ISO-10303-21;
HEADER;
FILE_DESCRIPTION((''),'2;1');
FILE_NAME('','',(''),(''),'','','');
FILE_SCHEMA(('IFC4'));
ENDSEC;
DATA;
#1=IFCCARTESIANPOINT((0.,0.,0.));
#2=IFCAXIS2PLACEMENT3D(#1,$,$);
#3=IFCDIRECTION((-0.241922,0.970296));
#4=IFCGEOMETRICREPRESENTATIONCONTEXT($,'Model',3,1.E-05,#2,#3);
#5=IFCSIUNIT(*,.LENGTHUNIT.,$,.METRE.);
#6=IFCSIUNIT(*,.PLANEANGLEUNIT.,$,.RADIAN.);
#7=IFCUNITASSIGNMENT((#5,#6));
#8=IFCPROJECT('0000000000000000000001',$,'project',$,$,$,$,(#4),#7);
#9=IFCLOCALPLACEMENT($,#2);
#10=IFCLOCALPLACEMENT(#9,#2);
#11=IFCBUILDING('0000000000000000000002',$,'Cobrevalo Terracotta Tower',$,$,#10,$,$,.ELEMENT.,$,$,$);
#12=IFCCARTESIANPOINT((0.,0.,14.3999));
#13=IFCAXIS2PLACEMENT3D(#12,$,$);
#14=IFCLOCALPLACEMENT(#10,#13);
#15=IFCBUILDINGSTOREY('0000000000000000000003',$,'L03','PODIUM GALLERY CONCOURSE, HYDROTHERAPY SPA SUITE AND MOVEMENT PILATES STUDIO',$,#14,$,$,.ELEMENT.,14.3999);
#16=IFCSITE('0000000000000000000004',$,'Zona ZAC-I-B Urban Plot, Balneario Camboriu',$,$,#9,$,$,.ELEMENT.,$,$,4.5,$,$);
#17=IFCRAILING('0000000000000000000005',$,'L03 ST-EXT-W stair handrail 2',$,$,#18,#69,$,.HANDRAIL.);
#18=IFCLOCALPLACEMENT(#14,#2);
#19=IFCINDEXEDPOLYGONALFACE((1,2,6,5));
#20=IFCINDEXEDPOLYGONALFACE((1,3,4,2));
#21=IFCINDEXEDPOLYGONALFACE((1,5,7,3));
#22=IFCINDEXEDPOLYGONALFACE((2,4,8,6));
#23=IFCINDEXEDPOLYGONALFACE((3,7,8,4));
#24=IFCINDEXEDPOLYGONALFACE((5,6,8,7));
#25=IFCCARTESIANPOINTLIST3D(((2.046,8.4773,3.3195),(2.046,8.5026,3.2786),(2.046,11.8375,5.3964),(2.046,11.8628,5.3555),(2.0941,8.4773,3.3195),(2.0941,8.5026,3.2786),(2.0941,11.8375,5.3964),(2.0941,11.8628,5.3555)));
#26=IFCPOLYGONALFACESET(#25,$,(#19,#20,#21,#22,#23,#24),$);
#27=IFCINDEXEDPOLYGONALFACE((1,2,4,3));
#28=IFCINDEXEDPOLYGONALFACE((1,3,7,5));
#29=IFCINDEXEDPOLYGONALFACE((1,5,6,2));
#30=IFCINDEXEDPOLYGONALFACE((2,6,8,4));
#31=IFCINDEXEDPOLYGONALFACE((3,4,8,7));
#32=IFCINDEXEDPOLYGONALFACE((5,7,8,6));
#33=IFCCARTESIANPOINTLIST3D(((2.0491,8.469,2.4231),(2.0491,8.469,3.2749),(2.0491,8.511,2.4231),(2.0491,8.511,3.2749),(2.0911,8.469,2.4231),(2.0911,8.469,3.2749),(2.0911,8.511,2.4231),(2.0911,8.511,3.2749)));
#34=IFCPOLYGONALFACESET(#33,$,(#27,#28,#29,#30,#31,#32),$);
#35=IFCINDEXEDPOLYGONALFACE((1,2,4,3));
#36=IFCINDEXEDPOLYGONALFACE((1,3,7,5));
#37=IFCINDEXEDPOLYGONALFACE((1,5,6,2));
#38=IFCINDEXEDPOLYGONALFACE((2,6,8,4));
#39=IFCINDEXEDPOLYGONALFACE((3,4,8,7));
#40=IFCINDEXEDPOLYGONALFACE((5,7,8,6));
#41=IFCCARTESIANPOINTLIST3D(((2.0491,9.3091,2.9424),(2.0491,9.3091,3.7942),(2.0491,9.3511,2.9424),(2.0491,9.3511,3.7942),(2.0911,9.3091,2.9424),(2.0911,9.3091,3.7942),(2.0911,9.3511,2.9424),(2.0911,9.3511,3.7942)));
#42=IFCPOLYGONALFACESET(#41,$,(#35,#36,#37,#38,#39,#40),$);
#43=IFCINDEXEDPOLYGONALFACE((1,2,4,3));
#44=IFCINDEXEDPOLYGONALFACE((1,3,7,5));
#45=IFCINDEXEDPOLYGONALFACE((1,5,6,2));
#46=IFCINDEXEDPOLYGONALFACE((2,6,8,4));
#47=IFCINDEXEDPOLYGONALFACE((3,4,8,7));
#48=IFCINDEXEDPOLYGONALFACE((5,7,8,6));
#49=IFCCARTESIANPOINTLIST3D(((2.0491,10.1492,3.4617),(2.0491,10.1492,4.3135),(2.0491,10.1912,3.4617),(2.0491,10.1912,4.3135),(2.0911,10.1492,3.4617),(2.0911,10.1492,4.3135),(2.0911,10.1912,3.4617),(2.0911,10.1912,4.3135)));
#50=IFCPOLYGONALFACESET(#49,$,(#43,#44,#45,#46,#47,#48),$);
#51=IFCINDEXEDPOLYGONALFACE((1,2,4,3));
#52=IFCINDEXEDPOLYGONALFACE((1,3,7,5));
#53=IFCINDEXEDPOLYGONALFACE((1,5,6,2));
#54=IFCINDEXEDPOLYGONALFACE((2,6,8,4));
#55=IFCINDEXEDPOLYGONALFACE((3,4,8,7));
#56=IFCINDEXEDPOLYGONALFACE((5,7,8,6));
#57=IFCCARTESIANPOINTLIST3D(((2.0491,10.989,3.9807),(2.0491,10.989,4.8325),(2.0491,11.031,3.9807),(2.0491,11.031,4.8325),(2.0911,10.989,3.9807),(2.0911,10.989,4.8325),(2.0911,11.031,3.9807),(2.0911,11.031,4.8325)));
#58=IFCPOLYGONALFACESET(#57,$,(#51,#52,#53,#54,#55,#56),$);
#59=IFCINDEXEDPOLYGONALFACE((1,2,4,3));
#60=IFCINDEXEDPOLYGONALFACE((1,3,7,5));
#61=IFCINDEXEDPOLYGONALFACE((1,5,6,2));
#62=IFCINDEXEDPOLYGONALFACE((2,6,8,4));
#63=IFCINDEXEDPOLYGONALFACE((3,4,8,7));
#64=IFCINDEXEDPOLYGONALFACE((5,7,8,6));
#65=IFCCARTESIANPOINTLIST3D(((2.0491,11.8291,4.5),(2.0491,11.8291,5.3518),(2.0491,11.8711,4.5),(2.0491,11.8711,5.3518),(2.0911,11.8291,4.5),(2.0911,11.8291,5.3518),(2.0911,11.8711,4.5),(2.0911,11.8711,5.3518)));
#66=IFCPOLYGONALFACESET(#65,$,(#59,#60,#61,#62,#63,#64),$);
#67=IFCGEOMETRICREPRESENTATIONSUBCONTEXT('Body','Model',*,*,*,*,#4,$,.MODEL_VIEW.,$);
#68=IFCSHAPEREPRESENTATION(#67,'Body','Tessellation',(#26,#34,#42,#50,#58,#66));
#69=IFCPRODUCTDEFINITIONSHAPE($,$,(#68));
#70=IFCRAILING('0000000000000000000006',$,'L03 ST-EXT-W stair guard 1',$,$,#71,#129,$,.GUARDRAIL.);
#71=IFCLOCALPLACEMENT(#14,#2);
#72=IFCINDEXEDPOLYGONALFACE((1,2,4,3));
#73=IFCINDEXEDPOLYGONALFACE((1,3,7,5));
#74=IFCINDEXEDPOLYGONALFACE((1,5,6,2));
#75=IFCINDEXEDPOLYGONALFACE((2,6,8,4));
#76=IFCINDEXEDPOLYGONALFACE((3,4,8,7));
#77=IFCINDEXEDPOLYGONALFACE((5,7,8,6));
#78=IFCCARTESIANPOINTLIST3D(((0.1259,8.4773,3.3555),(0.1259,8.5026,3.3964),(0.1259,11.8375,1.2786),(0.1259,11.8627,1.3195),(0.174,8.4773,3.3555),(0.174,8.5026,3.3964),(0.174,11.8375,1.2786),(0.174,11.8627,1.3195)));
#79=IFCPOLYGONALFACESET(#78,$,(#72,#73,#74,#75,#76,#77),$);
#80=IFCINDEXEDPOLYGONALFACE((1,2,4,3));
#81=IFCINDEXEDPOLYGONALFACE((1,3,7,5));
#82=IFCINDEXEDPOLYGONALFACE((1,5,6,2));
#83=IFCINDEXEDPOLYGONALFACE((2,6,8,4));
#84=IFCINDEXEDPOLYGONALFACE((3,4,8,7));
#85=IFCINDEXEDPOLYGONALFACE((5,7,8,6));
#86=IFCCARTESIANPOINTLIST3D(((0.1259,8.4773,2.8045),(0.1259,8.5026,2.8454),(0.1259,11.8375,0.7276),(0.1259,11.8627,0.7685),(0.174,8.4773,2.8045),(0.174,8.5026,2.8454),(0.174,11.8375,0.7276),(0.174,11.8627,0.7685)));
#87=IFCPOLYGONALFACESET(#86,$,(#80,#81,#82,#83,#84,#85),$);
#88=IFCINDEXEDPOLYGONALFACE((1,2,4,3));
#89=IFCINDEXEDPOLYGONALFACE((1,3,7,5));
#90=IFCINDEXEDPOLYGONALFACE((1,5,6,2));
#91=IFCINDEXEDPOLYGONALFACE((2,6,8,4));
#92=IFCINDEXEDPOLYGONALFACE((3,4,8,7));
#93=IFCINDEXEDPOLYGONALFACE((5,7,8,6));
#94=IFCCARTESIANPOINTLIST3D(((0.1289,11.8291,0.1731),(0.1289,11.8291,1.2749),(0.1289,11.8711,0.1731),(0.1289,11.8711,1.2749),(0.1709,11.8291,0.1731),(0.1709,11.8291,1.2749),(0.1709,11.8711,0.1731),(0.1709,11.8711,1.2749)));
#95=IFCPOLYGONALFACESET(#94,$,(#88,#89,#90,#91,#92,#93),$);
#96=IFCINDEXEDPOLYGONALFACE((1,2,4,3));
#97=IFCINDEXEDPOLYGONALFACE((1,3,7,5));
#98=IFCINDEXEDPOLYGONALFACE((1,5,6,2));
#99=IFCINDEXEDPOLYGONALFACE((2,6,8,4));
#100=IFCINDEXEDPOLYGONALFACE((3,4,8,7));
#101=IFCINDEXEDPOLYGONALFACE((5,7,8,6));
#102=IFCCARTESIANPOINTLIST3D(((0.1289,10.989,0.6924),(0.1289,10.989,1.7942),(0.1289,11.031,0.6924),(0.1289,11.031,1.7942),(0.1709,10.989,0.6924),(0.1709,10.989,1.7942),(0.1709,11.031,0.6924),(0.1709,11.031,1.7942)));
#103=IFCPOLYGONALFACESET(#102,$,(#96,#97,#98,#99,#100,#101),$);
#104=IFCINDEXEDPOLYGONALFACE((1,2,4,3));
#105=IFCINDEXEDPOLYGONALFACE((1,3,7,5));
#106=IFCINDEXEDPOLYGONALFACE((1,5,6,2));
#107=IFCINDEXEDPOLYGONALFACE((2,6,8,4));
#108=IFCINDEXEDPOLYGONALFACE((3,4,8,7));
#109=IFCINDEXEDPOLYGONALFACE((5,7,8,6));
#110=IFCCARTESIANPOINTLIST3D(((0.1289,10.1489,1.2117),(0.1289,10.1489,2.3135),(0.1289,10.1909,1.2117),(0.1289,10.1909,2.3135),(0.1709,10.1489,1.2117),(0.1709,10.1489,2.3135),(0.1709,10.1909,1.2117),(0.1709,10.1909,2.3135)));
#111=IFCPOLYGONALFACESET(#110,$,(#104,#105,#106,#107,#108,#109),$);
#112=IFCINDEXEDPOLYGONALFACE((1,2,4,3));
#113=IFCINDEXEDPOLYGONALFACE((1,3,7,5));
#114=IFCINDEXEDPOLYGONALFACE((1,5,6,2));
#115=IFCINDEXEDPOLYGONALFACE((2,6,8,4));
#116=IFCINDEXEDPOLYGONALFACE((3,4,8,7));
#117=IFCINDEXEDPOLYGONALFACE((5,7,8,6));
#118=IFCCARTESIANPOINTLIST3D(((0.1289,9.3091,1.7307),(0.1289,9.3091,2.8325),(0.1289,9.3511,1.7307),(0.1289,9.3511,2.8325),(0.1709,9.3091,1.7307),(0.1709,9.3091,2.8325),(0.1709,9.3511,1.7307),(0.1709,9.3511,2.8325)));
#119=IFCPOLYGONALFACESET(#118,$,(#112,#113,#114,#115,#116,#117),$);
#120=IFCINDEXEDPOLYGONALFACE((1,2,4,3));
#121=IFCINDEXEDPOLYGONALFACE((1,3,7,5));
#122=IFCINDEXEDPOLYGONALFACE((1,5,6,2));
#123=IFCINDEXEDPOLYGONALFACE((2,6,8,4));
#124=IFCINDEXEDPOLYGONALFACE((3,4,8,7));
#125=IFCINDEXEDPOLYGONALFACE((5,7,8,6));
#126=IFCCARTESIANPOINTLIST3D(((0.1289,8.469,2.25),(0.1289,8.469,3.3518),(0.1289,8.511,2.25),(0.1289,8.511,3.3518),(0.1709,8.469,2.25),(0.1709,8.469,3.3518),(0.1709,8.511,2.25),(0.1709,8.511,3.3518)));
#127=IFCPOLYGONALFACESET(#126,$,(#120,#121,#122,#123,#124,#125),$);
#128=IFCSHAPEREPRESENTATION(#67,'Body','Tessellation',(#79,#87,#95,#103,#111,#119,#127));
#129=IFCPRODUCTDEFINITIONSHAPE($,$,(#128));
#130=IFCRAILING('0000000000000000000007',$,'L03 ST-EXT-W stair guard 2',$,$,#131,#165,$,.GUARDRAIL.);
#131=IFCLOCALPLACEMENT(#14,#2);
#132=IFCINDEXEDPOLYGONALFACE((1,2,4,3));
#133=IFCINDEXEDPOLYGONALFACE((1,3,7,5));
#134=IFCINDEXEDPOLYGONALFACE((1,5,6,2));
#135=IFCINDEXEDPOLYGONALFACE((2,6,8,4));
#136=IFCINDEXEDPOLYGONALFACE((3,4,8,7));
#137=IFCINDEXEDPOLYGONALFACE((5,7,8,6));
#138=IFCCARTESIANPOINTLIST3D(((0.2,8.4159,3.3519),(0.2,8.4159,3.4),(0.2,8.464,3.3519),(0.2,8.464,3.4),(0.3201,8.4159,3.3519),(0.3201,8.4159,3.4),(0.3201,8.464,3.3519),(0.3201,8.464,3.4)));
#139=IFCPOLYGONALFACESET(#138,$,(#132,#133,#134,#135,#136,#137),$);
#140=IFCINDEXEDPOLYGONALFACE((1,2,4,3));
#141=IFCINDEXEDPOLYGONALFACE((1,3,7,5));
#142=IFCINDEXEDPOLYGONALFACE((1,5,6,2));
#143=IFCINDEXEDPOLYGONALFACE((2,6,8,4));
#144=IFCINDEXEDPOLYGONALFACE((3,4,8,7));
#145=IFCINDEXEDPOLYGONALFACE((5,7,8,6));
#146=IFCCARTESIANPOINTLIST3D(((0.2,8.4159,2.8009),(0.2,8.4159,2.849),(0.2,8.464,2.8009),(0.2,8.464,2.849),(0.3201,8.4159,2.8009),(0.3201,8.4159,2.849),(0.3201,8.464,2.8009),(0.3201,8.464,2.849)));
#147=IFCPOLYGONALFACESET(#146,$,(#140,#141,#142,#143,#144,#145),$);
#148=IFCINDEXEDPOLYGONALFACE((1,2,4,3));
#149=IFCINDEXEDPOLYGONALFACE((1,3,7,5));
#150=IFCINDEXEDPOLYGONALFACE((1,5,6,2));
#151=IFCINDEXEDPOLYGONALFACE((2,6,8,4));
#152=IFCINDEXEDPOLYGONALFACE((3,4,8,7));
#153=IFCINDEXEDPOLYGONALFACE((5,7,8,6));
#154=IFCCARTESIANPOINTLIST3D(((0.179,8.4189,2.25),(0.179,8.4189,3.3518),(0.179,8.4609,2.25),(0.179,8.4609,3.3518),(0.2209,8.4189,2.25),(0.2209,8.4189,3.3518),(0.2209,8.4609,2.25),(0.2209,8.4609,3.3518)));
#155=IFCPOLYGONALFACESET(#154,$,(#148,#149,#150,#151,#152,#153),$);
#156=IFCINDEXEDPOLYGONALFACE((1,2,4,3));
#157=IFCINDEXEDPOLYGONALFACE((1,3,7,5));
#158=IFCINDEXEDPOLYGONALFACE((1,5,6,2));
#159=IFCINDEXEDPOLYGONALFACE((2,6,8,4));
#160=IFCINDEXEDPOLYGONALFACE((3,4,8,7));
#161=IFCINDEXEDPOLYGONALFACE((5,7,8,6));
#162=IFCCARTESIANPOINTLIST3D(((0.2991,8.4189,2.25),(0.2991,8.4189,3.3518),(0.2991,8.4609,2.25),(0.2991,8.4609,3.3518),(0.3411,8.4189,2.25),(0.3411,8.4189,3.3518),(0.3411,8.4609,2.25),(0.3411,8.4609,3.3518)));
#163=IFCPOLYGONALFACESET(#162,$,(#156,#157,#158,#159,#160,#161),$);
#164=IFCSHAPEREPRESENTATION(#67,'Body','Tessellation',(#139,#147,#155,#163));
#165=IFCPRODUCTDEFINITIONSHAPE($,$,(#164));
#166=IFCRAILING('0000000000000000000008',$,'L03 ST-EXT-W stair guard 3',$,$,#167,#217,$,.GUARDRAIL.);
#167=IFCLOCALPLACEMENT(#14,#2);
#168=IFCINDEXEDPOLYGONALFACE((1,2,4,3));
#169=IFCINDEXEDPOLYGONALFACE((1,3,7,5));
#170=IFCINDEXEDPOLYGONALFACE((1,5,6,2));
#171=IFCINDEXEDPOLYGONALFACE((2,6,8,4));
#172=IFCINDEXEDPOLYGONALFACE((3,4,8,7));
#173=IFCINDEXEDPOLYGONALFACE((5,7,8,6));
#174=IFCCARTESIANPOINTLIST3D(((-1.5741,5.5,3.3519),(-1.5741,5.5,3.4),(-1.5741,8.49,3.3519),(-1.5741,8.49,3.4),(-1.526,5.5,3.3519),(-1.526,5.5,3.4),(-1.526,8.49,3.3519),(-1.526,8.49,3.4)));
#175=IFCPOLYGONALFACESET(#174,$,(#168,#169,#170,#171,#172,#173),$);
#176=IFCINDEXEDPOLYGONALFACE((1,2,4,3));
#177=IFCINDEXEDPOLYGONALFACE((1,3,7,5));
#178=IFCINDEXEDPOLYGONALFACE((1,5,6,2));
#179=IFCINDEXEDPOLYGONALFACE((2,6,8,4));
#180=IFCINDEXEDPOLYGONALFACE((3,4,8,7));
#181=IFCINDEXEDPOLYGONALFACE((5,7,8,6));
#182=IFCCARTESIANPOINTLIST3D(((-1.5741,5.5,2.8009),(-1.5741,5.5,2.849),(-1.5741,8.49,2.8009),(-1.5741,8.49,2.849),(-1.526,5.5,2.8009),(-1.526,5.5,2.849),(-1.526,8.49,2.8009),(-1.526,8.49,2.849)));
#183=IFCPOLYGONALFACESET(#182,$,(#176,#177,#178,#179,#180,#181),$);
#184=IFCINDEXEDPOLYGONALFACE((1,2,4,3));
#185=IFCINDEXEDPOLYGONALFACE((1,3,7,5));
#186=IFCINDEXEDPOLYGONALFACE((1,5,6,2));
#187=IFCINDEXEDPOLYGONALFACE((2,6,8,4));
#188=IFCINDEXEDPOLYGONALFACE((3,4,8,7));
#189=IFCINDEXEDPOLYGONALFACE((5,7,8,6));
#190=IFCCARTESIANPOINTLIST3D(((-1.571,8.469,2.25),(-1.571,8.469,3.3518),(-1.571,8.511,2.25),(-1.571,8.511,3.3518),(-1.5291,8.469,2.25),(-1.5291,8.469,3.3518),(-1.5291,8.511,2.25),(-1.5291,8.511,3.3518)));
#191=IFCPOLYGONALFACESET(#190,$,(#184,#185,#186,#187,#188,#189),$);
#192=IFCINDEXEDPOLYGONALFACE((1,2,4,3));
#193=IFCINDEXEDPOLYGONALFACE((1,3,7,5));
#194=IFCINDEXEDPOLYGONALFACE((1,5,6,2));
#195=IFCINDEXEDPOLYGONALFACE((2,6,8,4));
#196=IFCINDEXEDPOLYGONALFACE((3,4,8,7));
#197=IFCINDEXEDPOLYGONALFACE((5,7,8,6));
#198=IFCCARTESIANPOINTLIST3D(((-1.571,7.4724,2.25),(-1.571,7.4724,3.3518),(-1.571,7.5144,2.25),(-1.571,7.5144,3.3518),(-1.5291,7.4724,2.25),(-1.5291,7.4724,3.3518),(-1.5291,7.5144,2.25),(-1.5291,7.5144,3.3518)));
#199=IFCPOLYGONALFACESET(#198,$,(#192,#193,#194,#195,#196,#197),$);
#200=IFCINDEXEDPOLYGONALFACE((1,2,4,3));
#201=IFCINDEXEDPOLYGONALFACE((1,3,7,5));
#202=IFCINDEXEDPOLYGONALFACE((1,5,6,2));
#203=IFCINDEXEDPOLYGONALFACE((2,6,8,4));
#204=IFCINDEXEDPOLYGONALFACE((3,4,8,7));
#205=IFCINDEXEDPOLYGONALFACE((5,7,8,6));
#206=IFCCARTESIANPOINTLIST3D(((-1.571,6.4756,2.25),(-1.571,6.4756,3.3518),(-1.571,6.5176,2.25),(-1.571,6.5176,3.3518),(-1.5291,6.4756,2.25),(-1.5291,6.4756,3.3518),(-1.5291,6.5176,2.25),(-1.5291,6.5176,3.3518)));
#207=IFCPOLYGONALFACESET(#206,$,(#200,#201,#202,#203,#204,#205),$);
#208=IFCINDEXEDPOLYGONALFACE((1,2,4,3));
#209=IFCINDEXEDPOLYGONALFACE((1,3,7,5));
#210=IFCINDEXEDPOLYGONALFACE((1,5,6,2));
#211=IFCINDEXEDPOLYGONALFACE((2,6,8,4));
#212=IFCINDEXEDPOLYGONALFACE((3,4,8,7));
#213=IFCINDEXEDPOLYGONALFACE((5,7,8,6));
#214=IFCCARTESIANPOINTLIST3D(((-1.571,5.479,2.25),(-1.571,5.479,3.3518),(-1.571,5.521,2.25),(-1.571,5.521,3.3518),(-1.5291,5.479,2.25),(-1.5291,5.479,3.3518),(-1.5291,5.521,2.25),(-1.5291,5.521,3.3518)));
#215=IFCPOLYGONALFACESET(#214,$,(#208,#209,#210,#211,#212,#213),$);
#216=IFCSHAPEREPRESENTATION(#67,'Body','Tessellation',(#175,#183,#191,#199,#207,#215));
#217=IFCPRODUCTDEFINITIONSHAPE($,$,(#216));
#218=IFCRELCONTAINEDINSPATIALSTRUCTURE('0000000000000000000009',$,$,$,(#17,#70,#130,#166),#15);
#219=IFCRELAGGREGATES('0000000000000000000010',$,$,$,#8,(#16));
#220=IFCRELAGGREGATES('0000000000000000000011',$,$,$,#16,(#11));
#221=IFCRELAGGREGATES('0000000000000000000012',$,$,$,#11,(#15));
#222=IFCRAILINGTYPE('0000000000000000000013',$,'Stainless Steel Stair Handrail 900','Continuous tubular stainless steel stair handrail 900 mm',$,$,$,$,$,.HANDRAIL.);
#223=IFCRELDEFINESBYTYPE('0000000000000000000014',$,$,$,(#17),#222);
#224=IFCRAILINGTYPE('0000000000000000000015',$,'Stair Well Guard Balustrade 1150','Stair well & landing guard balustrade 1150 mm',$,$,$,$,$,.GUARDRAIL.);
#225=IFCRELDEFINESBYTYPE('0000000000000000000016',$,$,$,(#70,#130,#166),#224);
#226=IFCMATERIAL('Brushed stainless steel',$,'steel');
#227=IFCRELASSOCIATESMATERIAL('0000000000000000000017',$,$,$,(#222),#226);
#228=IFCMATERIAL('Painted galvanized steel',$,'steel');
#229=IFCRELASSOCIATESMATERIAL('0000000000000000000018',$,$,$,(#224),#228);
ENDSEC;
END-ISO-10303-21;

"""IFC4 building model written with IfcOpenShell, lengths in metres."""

from ifc_helpers import new_model, si_unit, direction, frame, origin, origin_2d, place, context, subcontext, project, spatial, rectangle, extrude, material, type_object, element, save


model = new_model("IFC4")

# Units and contexts
model_context = context("Model", 3, precision=1e-05, world=origin(), true_north=direction((-0.241922, 0.970296)))
body_context = subcontext(model_context, "Body", "Model", "MODEL_VIEW")
ifc_project = project(units=[si_unit("LENGTHUNIT", "METRE"), si_unit("PLANEANGLEUNIT", "RADIAN")], contexts=[model_context])

# Site, building, storey
site_placement = place(None, origin())
site = spatial("IfcSite", under=ifc_project, at=site_placement, Name="Zona ZAC-I-B Urban Plot, Balneario Camboriu", CompositionType="ELEMENT", RefElevation=4.5)
building_placement = place(site_placement, origin())
building = spatial("IfcBuilding", under=site, at=building_placement, Name="Cobrevalo Terracotta Tower", CompositionType="ELEMENT")
storey_placement = place(building_placement, frame((0.0, 0.0, 14.3999)))
storey = spatial("IfcBuildingStorey", under=building, at=storey_placement, Name="L03", Description="PODIUM GALLERY CONCOURSE, HYDROTHERAPY SPA SUITE AND MOVEMENT PILATES STUDIO", CompositionType="ELEMENT", Elevation=14.3999)

# Railings
ifc_material_1 = material(Name="Brushed stainless steel", Category="steel")
railing_type_1 = type_object("IfcRailingType", Name="Stainless Steel Stair Handrail 900", Description="Continuous tubular stainless steel stair handrail 900 mm", PredefinedType="HANDRAIL", material=ifc_material_1)
railing_1_placement = place(storey_placement, frame((2.0701, 8.49, 2.4231)))
element("IfcRailing", 1, at=railing_1_placement, inside=storey, type_object=railing_type_1, Name="L03 ST-EXT-W stair handrail 2", PredefinedType="HANDRAIL", context=body_context, shape_type="SweptSolid", body=[
    extrude(rectangle(XDim=0.0481, YDim=0.0481, at=origin_2d()), frame((0.0, 0.0, 0.876), z_axis=(0.0, 0.850623, 0.525776), x_axis=(-1.0, 0.0, 0.0)), (0.0, 0.0, 1.0), 3.9502),
    extrude(rectangle(XDim=0.042, YDim=0.042, at=origin_2d()), origin(), (0.0, 0.0, 1.0), 0.8518),
    extrude(rectangle(XDim=0.042, YDim=0.042, at=origin_2d()), frame((0.0, 0.8401, 0.5193)), (0.0, 0.0, 1.0), 0.8518),
    extrude(rectangle(XDim=0.042, YDim=0.042, at=origin_2d()), frame((0.0, 1.6802, 1.0386)), (0.0, 0.0, 1.0), 0.8518),
    extrude(rectangle(XDim=0.042, YDim=0.042, at=origin_2d()), frame((0.0, 2.52, 1.5576)), (0.0, 0.0, 1.0), 0.8518),
    extrude(rectangle(XDim=0.042, YDim=0.042, at=origin_2d()), frame((0.0, 3.3601, 2.0769)), (0.0, 0.0, 1.0), 0.8518),
])
ifc_material_2 = material(Name="Painted galvanized steel", Category="steel")
railing_type_2 = type_object("IfcRailingType", Name="Stair Well Guard Balustrade 1150", Description="Stair well & landing guard balustrade 1150 mm", PredefinedType="GUARDRAIL", material=ifc_material_2)
railing_2_placement = place(storey_placement, frame((0.1499, 11.8501, 0.1731)))
element("IfcRailing", 2, at=railing_2_placement, inside=storey, type_object=railing_type_2, Name="L03 ST-EXT-W stair guard 1", PredefinedType="GUARDRAIL", context=body_context, shape_type="SweptSolid", body=[
    extrude(rectangle(XDim=0.0481, YDim=0.0481, at=origin_2d()), frame((0.0, 0.0, 1.126), z_axis=(0.0, -0.850623, 0.525776), x_axis=(1.0, 0.0, 0.0)), (0.0, 0.0, 1.0), 3.9502),
    extrude(rectangle(XDim=0.0481, YDim=0.0481, at=origin_2d()), frame((0.0, 0.0, 0.575), z_axis=(0.0, -0.850623, 0.525776), x_axis=(1.0, 0.0, 0.0)), (0.0, 0.0, 1.0), 3.9502),
    extrude(rectangle(XDim=0.042, YDim=0.042, at=origin_2d()), origin(), (0.0, 0.0, 1.0), 1.1018),
    extrude(rectangle(XDim=0.042, YDim=0.042, at=origin_2d()), frame((0.0, -0.8401, 0.5193)), (0.0, 0.0, 1.0), 1.1018),
    extrude(rectangle(XDim=0.042, YDim=0.042, at=origin_2d()), frame((0.0, -1.6802, 1.0386)), (0.0, 0.0, 1.0), 1.1018),
    extrude(rectangle(XDim=0.042, YDim=0.042, at=origin_2d()), frame((0.0, -2.52, 1.5576)), (0.0, 0.0, 1.0), 1.1018),
    extrude(rectangle(XDim=0.042, YDim=0.042, at=origin_2d()), frame((0.0, -3.3601, 2.0769)), (0.0, 0.0, 1.0), 1.1018),
])
railing_3_placement = place(storey_placement, frame((0.2, 8.4399, 2.25)))
element("IfcRailing", 3, at=railing_3_placement, inside=storey, type_object=railing_type_2, Name="L03 ST-EXT-W stair guard 2", PredefinedType="GUARDRAIL", context=body_context, shape_type="SweptSolid", body=[
    extrude(rectangle(XDim=0.0481, YDim=0.0481, at=origin_2d()), frame((0.0, 0.0, 1.126), z_axis=(1.0, 0.0, 0.0), x_axis=(0.0, 1.0, 0.0)), (0.0, 0.0, 1.0), 0.1201),
    extrude(rectangle(XDim=0.0481, YDim=0.0481, at=origin_2d()), frame((0.0, 0.0, 0.575), z_axis=(1.0, 0.0, 0.0), x_axis=(0.0, 1.0, 0.0)), (0.0, 0.0, 1.0), 0.1201),
    extrude(rectangle(XDim=0.042, YDim=0.042, at=origin_2d()), origin(), (0.0, 0.0, 1.0), 1.1018),
    extrude(rectangle(XDim=0.042, YDim=0.042, at=origin_2d()), frame((0.1201, 0.0, 0.0)), (0.0, 0.0, 1.0), 1.1018),
])
for number, where, name in (
    (4, (-1.55, 8.49, 2.25), "L03 ST-EXT-W stair guard 3"),
):
    element("IfcRailing", number, at=place(storey_placement, frame(where)), inside=storey, type_object=railing_type_2, Name=name, PredefinedType="GUARDRAIL", context=body_context, shape_type="SweptSolid", body=[
        extrude(rectangle(XDim=0.0481, YDim=0.0481, at=origin_2d()), frame((0.0, 0.0, 1.126), z_axis=(0.0, -1.0, 0.0), x_axis=(1.0, 0.0, 0.0)), (0.0, 0.0, 1.0), 2.99),
        extrude(rectangle(XDim=0.0481, YDim=0.0481, at=origin_2d()), frame((0.0, 0.0, 0.575), z_axis=(0.0, -1.0, 0.0), x_axis=(1.0, 0.0, 0.0)), (0.0, 0.0, 1.0), 2.99),
        extrude(rectangle(XDim=0.042, YDim=0.042, at=origin_2d()), origin(), (0.0, 0.0, 1.0), 1.1018),
        extrude(rectangle(XDim=0.042, YDim=0.042, at=origin_2d()), frame((0.0, -0.9966, 0.0)), (0.0, 0.0, 1.0), 1.1018),
        extrude(rectangle(XDim=0.042, YDim=0.042, at=origin_2d()), frame((0.0, -1.9934, 0.0)), (0.0, 0.0, 1.0), 1.1018),
        extrude(rectangle(XDim=0.042, YDim=0.042, at=origin_2d()), frame((0.0, -2.99, 0.0)), (0.0, 0.0, 1.0), 1.1018),
    ])

save(model, "model.ifc")
